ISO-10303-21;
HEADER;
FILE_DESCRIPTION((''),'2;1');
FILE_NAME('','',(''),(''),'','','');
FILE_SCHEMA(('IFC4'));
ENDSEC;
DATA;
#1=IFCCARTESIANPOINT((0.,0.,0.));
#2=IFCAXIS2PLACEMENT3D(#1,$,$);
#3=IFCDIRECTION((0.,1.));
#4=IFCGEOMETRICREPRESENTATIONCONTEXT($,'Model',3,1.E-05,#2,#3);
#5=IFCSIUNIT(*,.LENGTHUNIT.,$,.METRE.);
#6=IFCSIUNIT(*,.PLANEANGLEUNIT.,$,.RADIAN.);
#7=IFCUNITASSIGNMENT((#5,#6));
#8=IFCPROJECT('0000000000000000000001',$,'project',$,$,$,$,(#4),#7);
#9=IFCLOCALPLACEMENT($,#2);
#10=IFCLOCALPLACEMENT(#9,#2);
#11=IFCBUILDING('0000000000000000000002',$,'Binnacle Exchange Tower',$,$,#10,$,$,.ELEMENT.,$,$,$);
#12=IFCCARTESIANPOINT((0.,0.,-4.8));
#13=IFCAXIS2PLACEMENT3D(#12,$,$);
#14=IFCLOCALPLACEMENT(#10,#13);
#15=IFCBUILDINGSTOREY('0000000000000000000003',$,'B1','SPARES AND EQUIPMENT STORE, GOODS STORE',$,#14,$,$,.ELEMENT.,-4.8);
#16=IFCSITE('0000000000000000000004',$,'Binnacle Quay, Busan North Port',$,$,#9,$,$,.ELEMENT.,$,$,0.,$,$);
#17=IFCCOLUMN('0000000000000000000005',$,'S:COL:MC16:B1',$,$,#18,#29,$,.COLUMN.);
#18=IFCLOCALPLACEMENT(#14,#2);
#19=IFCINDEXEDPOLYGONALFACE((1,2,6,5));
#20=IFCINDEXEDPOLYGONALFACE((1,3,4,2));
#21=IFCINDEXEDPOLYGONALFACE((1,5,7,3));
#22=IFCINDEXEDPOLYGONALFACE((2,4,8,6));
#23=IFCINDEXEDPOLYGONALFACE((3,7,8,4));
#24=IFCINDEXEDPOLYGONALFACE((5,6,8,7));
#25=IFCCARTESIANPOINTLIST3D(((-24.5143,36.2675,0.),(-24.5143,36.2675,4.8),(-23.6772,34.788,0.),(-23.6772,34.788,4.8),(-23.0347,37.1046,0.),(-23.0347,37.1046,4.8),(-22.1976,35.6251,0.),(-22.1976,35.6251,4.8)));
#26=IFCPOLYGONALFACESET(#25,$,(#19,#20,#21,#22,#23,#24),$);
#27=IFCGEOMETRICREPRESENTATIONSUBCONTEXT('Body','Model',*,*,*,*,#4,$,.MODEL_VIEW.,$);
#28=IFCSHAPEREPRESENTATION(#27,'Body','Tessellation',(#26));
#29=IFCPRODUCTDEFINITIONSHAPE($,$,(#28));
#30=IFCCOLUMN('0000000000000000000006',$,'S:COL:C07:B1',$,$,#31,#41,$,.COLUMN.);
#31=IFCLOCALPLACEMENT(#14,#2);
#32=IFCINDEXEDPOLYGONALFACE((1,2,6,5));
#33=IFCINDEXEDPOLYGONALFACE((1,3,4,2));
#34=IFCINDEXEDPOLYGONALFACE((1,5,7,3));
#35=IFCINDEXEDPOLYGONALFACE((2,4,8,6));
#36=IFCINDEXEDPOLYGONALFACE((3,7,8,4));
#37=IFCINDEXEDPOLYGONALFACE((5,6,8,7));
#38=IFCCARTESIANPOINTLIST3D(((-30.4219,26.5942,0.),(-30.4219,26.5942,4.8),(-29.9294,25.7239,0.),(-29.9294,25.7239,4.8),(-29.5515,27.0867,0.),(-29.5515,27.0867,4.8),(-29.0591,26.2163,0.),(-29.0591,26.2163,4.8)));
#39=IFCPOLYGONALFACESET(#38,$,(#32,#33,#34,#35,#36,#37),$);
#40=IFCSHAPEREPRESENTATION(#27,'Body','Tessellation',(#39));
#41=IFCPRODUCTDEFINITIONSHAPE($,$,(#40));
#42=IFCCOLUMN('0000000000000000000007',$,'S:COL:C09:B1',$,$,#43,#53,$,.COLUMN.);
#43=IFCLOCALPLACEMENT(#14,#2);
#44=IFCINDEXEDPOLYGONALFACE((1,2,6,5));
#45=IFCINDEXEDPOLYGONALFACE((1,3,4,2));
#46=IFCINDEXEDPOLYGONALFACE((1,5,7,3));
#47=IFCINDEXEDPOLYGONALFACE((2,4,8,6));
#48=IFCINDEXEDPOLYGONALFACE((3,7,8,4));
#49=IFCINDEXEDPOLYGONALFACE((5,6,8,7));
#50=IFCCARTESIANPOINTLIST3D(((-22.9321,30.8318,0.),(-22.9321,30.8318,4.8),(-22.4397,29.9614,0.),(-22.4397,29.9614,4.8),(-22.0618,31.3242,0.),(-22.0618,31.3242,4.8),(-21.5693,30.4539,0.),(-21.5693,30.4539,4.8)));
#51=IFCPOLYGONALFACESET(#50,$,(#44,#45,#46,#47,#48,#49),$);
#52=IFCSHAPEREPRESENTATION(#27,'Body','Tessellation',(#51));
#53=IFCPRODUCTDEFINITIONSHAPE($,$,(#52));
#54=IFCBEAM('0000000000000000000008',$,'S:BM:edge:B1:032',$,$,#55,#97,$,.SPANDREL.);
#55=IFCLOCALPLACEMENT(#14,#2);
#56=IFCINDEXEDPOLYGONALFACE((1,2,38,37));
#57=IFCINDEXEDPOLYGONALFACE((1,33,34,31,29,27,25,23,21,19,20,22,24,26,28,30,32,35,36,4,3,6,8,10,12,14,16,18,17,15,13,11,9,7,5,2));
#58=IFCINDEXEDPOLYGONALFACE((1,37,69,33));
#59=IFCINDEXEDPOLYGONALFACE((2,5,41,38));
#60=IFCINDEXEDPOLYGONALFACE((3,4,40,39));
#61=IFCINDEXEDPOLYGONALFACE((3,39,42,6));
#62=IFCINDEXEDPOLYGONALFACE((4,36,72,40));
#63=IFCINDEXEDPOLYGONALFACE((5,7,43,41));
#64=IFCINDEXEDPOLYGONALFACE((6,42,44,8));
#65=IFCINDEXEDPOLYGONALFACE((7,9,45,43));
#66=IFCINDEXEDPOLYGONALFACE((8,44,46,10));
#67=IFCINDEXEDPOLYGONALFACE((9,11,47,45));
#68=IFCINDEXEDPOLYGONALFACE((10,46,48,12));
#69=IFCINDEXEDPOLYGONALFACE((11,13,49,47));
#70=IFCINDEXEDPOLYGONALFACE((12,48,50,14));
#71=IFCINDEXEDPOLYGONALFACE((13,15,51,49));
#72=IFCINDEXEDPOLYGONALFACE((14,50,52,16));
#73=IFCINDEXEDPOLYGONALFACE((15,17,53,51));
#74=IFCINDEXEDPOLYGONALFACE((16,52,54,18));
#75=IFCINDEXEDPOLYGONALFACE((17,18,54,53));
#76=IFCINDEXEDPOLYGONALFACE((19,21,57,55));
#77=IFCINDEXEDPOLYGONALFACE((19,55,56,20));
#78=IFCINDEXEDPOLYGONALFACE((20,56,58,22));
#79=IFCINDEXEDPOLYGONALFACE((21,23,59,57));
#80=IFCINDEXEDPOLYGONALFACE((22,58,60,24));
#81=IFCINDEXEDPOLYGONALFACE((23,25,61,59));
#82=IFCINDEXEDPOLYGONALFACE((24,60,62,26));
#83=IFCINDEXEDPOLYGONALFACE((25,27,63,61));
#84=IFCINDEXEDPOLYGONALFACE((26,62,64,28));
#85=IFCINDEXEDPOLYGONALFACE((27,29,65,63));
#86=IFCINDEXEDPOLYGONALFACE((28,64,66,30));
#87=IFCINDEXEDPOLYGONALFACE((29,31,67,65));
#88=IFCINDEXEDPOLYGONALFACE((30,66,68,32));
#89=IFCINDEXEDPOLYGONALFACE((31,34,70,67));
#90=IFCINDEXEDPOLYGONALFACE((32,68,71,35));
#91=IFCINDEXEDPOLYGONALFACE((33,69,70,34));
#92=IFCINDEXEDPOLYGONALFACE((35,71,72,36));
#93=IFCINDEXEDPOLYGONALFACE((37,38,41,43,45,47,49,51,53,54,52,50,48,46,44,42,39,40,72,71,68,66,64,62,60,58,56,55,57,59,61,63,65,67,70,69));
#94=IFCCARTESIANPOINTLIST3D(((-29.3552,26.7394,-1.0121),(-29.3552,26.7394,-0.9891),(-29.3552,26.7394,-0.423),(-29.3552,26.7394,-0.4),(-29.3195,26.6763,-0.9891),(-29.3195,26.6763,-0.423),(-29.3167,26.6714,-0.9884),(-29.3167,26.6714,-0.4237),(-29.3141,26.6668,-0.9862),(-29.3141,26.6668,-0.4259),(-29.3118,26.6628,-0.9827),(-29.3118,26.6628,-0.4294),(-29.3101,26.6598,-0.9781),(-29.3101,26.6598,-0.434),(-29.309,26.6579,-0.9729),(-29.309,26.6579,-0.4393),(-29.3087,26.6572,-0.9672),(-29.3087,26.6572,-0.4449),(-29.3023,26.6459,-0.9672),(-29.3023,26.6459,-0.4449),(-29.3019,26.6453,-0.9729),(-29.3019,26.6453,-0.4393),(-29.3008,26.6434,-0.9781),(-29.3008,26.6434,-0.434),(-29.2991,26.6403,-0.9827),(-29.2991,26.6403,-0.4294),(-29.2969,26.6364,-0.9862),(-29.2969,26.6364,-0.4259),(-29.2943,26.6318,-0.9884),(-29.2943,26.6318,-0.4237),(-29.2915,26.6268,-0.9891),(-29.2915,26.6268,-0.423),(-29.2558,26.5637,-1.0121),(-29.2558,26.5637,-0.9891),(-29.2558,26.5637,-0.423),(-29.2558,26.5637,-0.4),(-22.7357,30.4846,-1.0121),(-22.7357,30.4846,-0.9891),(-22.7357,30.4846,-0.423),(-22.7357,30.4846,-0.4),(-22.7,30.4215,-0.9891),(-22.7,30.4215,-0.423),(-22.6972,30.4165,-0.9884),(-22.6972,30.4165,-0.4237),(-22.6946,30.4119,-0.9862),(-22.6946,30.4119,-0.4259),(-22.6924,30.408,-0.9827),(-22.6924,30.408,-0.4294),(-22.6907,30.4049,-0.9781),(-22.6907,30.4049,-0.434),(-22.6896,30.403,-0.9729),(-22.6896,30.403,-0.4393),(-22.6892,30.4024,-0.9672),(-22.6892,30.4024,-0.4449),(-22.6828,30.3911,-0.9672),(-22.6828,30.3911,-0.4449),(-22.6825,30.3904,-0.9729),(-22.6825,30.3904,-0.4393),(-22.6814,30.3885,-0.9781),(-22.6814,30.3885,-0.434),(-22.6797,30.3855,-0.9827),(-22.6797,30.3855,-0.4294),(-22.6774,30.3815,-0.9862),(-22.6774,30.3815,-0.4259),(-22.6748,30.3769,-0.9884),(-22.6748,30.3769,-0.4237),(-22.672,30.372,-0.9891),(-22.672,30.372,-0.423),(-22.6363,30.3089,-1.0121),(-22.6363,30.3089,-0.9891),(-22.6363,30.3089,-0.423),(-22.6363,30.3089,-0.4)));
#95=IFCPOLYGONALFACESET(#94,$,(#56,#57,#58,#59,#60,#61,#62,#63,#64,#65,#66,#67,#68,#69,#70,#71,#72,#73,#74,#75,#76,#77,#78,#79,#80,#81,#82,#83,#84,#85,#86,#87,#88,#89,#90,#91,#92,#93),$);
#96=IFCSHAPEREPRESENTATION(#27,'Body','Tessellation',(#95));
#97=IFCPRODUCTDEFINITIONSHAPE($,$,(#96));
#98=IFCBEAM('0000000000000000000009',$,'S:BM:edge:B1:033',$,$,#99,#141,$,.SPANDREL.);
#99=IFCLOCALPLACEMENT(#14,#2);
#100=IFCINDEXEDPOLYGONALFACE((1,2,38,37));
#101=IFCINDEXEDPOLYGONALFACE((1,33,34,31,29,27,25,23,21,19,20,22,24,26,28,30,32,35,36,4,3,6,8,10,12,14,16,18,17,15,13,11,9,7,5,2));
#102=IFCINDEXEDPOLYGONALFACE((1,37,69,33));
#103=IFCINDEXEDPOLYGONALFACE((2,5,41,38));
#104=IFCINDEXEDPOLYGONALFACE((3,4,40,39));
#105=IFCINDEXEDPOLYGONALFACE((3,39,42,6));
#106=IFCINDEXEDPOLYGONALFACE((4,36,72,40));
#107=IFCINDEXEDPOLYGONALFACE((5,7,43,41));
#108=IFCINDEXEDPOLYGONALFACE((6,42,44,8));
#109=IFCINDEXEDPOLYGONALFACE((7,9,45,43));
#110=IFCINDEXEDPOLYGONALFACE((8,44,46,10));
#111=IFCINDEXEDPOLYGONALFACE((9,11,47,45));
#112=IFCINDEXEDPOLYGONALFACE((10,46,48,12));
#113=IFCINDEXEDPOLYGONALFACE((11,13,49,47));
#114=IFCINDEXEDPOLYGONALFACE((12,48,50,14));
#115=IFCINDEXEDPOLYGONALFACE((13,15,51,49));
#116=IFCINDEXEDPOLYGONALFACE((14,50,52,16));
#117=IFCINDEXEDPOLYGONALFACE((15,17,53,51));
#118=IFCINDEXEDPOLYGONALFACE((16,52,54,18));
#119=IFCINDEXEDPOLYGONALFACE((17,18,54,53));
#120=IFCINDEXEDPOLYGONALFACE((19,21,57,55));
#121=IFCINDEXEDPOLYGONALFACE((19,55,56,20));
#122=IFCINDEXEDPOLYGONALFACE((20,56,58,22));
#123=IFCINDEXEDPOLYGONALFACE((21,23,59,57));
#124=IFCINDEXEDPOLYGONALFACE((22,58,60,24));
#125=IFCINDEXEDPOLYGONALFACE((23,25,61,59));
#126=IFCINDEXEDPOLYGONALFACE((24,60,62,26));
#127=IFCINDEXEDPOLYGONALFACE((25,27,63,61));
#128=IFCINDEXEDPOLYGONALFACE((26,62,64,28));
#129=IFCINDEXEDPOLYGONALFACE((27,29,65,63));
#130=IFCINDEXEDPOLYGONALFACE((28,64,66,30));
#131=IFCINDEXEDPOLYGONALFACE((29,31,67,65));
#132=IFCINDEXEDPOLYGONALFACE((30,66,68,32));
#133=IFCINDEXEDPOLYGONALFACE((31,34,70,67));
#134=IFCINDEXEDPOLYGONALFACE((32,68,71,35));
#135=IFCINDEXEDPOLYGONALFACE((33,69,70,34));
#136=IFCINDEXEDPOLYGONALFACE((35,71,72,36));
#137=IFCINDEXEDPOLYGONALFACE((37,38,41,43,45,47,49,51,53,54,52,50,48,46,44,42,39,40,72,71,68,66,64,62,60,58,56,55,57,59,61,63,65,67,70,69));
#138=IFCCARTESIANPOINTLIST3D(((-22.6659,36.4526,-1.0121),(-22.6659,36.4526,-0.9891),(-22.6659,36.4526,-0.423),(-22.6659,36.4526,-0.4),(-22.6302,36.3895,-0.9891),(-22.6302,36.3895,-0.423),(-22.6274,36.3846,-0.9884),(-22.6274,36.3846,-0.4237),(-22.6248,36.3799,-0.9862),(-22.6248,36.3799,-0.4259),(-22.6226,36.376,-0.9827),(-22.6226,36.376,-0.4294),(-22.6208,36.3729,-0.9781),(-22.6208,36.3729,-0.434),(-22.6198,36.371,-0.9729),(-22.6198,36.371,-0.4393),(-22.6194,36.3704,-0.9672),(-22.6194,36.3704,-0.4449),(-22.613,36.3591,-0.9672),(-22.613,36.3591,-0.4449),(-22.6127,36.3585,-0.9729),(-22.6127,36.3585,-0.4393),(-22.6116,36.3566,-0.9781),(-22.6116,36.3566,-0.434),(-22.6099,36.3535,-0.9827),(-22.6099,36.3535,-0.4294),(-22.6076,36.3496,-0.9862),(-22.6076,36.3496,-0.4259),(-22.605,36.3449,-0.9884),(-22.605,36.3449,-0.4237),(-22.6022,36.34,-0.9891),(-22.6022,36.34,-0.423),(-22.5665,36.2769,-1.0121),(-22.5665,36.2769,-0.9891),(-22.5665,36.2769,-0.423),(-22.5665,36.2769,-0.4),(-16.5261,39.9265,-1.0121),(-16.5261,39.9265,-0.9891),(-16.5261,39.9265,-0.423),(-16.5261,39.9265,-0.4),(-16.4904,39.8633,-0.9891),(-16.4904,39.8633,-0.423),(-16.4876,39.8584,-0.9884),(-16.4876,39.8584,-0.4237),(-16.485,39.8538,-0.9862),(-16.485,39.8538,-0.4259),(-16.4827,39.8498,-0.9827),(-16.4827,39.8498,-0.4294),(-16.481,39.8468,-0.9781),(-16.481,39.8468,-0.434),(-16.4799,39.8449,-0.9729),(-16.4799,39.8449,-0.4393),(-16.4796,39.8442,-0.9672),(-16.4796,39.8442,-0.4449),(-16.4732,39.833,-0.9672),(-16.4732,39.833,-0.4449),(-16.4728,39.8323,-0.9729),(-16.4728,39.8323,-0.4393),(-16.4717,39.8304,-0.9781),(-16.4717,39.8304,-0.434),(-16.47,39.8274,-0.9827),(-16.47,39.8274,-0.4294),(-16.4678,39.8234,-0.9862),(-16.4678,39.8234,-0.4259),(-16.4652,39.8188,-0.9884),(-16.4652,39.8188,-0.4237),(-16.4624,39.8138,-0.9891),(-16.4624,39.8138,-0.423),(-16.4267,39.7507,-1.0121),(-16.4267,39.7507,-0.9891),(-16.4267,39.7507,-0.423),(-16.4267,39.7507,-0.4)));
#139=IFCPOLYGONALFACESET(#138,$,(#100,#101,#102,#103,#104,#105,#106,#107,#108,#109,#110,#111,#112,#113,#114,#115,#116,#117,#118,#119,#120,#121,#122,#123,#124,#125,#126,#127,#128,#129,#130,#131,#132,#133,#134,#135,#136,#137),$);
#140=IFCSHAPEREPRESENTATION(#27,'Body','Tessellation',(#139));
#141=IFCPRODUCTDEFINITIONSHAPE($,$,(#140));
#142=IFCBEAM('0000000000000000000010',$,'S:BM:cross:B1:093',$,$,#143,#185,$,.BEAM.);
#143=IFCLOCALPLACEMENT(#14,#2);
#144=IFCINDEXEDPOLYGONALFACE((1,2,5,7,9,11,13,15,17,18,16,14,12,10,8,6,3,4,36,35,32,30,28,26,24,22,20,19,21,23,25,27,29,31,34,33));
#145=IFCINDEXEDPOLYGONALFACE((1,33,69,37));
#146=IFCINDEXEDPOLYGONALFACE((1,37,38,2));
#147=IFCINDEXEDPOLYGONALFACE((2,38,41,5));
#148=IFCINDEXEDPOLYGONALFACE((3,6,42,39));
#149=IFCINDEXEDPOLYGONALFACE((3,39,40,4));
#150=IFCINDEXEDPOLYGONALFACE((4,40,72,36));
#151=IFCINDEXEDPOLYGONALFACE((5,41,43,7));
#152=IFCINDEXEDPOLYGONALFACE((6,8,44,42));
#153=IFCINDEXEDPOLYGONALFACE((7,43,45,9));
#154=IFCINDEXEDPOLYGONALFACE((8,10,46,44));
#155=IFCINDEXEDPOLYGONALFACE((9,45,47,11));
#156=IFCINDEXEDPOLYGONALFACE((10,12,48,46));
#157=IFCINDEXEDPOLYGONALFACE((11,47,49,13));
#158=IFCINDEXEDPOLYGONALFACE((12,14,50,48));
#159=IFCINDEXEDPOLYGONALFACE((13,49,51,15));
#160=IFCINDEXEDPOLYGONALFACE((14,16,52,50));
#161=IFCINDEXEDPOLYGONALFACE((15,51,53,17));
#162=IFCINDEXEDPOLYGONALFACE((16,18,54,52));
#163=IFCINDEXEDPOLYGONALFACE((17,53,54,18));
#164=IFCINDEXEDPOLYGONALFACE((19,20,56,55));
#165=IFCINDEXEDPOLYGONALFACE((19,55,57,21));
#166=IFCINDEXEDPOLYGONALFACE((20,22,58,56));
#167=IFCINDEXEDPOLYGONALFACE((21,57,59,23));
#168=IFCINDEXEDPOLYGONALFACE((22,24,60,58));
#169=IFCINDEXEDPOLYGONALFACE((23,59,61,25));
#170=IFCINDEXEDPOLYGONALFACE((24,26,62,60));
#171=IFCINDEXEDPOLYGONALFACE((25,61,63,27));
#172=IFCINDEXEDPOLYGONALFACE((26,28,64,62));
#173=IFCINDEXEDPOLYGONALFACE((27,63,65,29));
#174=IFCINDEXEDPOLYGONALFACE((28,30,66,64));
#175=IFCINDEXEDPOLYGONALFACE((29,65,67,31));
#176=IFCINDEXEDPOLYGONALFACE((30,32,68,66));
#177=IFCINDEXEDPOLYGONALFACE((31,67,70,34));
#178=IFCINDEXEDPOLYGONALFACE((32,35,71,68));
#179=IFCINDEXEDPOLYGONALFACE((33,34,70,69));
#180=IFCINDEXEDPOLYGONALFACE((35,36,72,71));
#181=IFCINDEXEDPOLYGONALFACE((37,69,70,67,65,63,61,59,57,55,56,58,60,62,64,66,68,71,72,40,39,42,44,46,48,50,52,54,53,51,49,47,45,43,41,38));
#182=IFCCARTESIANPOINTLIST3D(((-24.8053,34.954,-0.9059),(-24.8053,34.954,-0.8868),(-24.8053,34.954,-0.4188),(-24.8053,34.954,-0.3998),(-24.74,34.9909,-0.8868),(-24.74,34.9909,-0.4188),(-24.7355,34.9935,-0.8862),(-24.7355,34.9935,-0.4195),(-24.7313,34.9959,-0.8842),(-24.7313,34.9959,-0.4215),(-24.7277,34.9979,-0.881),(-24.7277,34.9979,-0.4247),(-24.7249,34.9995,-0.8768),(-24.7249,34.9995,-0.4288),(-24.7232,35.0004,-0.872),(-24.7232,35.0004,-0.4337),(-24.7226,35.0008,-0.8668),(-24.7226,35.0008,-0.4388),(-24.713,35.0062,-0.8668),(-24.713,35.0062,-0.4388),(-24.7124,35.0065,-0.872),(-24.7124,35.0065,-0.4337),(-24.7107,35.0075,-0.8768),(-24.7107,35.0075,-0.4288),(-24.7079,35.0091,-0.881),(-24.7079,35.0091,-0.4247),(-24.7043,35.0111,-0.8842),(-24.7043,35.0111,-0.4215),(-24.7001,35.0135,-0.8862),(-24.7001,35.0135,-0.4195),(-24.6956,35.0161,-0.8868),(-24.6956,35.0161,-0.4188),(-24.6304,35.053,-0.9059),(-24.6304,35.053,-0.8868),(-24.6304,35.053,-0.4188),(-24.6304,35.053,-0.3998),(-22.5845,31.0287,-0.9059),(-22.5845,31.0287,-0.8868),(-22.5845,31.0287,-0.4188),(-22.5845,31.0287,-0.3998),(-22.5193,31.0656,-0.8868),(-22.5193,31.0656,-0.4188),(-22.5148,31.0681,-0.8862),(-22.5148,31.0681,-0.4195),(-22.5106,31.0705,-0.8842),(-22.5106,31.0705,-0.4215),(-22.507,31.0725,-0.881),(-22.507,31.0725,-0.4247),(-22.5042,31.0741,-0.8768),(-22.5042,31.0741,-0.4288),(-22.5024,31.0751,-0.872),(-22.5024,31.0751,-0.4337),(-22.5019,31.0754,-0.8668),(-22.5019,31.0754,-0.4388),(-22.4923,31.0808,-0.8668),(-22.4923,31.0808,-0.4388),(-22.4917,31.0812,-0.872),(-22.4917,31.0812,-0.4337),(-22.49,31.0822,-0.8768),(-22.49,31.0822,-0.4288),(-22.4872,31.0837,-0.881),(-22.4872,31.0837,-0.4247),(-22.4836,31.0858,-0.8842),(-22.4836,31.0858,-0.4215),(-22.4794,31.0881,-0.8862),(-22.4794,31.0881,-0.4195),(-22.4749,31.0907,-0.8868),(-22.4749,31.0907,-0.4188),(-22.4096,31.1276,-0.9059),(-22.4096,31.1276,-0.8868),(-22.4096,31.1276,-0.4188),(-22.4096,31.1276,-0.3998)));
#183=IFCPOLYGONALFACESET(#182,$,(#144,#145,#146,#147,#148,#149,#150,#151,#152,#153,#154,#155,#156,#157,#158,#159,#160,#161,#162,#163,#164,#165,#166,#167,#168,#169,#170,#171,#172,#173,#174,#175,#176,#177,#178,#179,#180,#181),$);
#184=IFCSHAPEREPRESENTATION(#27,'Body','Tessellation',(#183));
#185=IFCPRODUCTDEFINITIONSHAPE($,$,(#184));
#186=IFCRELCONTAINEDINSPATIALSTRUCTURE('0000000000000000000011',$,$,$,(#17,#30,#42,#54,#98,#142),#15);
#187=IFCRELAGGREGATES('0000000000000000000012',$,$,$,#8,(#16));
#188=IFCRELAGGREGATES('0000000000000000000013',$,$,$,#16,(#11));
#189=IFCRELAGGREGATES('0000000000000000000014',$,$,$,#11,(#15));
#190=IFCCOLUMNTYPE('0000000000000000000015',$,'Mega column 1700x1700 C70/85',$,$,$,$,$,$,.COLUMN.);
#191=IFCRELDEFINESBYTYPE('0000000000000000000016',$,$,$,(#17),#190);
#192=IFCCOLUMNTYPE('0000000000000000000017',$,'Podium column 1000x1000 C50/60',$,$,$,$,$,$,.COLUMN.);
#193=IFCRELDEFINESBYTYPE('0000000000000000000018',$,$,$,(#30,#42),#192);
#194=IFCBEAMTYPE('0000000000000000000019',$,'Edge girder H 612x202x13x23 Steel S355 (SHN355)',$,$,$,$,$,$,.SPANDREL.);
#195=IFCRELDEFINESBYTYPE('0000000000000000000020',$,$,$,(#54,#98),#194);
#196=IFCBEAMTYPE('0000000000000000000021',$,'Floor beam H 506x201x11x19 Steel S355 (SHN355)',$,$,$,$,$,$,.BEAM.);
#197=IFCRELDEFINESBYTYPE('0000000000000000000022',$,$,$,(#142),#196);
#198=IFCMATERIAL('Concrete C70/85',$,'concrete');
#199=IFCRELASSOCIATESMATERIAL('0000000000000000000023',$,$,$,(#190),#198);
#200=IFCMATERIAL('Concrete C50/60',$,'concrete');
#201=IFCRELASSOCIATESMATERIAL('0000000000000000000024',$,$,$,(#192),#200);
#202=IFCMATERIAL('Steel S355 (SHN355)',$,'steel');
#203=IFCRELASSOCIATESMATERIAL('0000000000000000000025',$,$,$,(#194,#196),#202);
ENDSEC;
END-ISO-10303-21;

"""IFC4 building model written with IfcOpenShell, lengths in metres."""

from ifc_helpers import new_model, si_unit, direction, frame, origin, origin_2d, place, context, subcontext, project, spatial, rectangle, i_section, extrude, material, material_profile, profile_set, type_object, element, save


model = new_model("IFC4")

# Units and contexts
model_context = context("Model", 3, precision=1e-05, world=origin(), true_north=direction((0.0, 1.0)))
body_context = subcontext(model_context, "Body", "Model", "MODEL_VIEW")
ifc_project = project(units=[si_unit("LENGTHUNIT", "METRE"), si_unit("PLANEANGLEUNIT", "RADIAN")], contexts=[model_context])

# Site, building, storey
site_placement = place(None, origin())
site = spatial("IfcSite", under=ifc_project, at=site_placement, Name="Binnacle Quay, Busan North Port", CompositionType="ELEMENT", RefElevation=0.0)
building_placement = place(site_placement, origin())
building = spatial("IfcBuilding", under=site, at=building_placement, Name="Binnacle Exchange Tower", CompositionType="ELEMENT")
storey_placement = place(building_placement, frame((0.0, 0.0, -4.8)))
storey = spatial("IfcBuildingStorey", under=building, at=storey_placement, Name="B1", Description="SPARES AND EQUIPMENT STORE, GOODS STORE", CompositionType="ELEMENT", Elevation=-4.8)

# Columns
ifc_material_1 = material(Name="Concrete C70/85", Category="concrete")
ifc_material_profile_1 = material_profile(ifc_material_1, rectangle(XDim=1.7, YDim=1.7, at=origin_2d()), Name="Mega column 1700x1700 C70/85")
ifc_profile_set_1 = profile_set([ifc_material_profile_1], Name="Concrete C70/85")
column_type_1 = type_object("IfcColumnType", Name="Mega column 1700x1700 C70/85", PredefinedType="COLUMN", material=ifc_profile_set_1)
column_placement = place(storey_placement, frame((-23.356, 35.9463, 0.0), z_axis=(0.0, 0.0, 1.0), x_axis=(0.870356, 0.492424, 0.0)))
element("IfcColumn", 1, at=column_placement, inside=storey, type_object=column_type_1, Name="S:COL:MC16:B1", PredefinedType="COLUMN", context=body_context, shape_type="SweptSolid", body=[
    extrude(rectangle(XDim=1.7, YDim=1.7, at=origin_2d()), origin(), (0.0, 0.0, 1.0), 4.8),
])
ifc_material_2 = material(Name="Concrete C50/60", Category="concrete")
ifc_material_profile_2 = material_profile(ifc_material_2, rectangle(XDim=1.0, YDim=1.0, at=origin_2d()), Name="Podium column 1000x1000 C50/60")
ifc_profile_set_2 = profile_set([ifc_material_profile_2], Name="Concrete C50/60")
column_type_2 = type_object("IfcColumnType", Name="Podium column 1000x1000 C50/60", PredefinedType="COLUMN", material=ifc_profile_set_2)
for number, where, z_axis, x_axis, name in (
    (2, (-29.7405, 26.4053, 0.0), (0.0, 0.0, 1.0), (0.870356, 0.492424, 0.0), "S:COL:C07:B1"),
    (3, (-22.2507, 30.6428, 0.0), (0.0, 0.0, 1.0), (0.870356, 0.492424, 0.0), "S:COL:C09:B1"),
):
    element("IfcColumn", number, at=place(storey_placement, frame(where, z_axis=z_axis, x_axis=x_axis)), inside=storey, type_object=column_type_2, Name=name, PredefinedType="COLUMN", context=body_context, shape_type="SweptSolid", body=[
        extrude(rectangle(XDim=1.0, YDim=1.0, at=origin_2d()), origin(), (0.0, 0.0, 1.0), 4.8),
    ])

# Beams
ifc_material_3 = material(Name="Steel S355 (SHN355)", Category="steel")
ifc_material_profile_3 = material_profile(ifc_material_3, i_section(OverallWidth=0.2019, OverallDepth=0.6121, WebThickness=0.0129, FlangeThickness=0.0229, FilletRadius=0.022, at=origin_2d()), Name="H 612x202x13x23")
ifc_profile_set_3 = profile_set([ifc_material_profile_3], Name="Steel S355 (SHN355)")
beam_type_1 = type_object("IfcBeamType", Name="Edge girder H 612x202x13x23 Steel S355 (SHN355)", PredefinedType="SPANDREL", material=ifc_profile_set_3)
beam_1_placement = place(storey_placement, frame((-22.686, 30.3967, -0.7061), z_axis=(-0.870353, -0.492428, 0.0), x_axis=(0.492428, -0.870353, 0.0)))
element("IfcBeam", 4, at=beam_1_placement, inside=storey, type_object=beam_type_1, Name="S:BM:edge:B1:032", PredefinedType="SPANDREL", context=body_context, shape_type="SweptSolid", body=[
    extrude(i_section(OverallWidth=0.2019, OverallDepth=0.6121, WebThickness=0.0129, FlangeThickness=0.0229, FilletRadius=0.022, at=origin_2d()), origin(), (0.0, 0.0, 1.0), 7.6055),
])
beam_2_placement = place(storey_placement, frame((-22.6162, 36.3647, -0.7061), z_axis=(0.87035, 0.492434, 0.0), x_axis=(-0.492434, 0.87035, 0.0)))
element("IfcBeam", 5, at=beam_2_placement, inside=storey, type_object=beam_type_1, Name="S:BM:edge:B1:033", PredefinedType="SPANDREL", context=body_context, shape_type="SweptSolid", body=[
    extrude(i_section(OverallWidth=0.2019, OverallDepth=0.6121, WebThickness=0.0129, FlangeThickness=0.0229, FilletRadius=0.022, at=origin_2d()), origin(), (0.0, 0.0, 1.0), 7.0544),
])
ifc_material_profile_4 = material_profile(ifc_material_3, i_section(OverallWidth=0.2009, OverallDepth=0.5061, WebThickness=0.011, FlangeThickness=0.019, FilletRadius=0.02, at=origin_2d()), Name="H 506x201x11x19")
ifc_profile_set_4 = profile_set([ifc_material_profile_4], Name="Steel S355 (SHN355)")
beam_type_2 = type_object("IfcBeamType", Name="Floor beam H 506x201x11x19 Steel S355 (SHN355)", PredefinedType="BEAM", material=ifc_profile_set_4)
beam_3_placement = place(storey_placement, frame((-22.4971, 31.0781, -0.6528), z_axis=(-0.492403, 0.870367, 0.0), x_axis=(-0.870367, -0.492403, 0.0)))
element("IfcBeam", 6, at=beam_3_placement, inside=storey, type_object=beam_type_2, Name="S:BM:cross:B1:093", PredefinedType="BEAM", context=body_context, shape_type="SweptSolid", body=[
    extrude(i_section(OverallWidth=0.2009, OverallDepth=0.5061, WebThickness=0.011, FlangeThickness=0.019, FilletRadius=0.02, at=origin_2d()), origin(), (0.0, 0.0, 1.0), 4.51),
])

save(model, "model.ifc")
